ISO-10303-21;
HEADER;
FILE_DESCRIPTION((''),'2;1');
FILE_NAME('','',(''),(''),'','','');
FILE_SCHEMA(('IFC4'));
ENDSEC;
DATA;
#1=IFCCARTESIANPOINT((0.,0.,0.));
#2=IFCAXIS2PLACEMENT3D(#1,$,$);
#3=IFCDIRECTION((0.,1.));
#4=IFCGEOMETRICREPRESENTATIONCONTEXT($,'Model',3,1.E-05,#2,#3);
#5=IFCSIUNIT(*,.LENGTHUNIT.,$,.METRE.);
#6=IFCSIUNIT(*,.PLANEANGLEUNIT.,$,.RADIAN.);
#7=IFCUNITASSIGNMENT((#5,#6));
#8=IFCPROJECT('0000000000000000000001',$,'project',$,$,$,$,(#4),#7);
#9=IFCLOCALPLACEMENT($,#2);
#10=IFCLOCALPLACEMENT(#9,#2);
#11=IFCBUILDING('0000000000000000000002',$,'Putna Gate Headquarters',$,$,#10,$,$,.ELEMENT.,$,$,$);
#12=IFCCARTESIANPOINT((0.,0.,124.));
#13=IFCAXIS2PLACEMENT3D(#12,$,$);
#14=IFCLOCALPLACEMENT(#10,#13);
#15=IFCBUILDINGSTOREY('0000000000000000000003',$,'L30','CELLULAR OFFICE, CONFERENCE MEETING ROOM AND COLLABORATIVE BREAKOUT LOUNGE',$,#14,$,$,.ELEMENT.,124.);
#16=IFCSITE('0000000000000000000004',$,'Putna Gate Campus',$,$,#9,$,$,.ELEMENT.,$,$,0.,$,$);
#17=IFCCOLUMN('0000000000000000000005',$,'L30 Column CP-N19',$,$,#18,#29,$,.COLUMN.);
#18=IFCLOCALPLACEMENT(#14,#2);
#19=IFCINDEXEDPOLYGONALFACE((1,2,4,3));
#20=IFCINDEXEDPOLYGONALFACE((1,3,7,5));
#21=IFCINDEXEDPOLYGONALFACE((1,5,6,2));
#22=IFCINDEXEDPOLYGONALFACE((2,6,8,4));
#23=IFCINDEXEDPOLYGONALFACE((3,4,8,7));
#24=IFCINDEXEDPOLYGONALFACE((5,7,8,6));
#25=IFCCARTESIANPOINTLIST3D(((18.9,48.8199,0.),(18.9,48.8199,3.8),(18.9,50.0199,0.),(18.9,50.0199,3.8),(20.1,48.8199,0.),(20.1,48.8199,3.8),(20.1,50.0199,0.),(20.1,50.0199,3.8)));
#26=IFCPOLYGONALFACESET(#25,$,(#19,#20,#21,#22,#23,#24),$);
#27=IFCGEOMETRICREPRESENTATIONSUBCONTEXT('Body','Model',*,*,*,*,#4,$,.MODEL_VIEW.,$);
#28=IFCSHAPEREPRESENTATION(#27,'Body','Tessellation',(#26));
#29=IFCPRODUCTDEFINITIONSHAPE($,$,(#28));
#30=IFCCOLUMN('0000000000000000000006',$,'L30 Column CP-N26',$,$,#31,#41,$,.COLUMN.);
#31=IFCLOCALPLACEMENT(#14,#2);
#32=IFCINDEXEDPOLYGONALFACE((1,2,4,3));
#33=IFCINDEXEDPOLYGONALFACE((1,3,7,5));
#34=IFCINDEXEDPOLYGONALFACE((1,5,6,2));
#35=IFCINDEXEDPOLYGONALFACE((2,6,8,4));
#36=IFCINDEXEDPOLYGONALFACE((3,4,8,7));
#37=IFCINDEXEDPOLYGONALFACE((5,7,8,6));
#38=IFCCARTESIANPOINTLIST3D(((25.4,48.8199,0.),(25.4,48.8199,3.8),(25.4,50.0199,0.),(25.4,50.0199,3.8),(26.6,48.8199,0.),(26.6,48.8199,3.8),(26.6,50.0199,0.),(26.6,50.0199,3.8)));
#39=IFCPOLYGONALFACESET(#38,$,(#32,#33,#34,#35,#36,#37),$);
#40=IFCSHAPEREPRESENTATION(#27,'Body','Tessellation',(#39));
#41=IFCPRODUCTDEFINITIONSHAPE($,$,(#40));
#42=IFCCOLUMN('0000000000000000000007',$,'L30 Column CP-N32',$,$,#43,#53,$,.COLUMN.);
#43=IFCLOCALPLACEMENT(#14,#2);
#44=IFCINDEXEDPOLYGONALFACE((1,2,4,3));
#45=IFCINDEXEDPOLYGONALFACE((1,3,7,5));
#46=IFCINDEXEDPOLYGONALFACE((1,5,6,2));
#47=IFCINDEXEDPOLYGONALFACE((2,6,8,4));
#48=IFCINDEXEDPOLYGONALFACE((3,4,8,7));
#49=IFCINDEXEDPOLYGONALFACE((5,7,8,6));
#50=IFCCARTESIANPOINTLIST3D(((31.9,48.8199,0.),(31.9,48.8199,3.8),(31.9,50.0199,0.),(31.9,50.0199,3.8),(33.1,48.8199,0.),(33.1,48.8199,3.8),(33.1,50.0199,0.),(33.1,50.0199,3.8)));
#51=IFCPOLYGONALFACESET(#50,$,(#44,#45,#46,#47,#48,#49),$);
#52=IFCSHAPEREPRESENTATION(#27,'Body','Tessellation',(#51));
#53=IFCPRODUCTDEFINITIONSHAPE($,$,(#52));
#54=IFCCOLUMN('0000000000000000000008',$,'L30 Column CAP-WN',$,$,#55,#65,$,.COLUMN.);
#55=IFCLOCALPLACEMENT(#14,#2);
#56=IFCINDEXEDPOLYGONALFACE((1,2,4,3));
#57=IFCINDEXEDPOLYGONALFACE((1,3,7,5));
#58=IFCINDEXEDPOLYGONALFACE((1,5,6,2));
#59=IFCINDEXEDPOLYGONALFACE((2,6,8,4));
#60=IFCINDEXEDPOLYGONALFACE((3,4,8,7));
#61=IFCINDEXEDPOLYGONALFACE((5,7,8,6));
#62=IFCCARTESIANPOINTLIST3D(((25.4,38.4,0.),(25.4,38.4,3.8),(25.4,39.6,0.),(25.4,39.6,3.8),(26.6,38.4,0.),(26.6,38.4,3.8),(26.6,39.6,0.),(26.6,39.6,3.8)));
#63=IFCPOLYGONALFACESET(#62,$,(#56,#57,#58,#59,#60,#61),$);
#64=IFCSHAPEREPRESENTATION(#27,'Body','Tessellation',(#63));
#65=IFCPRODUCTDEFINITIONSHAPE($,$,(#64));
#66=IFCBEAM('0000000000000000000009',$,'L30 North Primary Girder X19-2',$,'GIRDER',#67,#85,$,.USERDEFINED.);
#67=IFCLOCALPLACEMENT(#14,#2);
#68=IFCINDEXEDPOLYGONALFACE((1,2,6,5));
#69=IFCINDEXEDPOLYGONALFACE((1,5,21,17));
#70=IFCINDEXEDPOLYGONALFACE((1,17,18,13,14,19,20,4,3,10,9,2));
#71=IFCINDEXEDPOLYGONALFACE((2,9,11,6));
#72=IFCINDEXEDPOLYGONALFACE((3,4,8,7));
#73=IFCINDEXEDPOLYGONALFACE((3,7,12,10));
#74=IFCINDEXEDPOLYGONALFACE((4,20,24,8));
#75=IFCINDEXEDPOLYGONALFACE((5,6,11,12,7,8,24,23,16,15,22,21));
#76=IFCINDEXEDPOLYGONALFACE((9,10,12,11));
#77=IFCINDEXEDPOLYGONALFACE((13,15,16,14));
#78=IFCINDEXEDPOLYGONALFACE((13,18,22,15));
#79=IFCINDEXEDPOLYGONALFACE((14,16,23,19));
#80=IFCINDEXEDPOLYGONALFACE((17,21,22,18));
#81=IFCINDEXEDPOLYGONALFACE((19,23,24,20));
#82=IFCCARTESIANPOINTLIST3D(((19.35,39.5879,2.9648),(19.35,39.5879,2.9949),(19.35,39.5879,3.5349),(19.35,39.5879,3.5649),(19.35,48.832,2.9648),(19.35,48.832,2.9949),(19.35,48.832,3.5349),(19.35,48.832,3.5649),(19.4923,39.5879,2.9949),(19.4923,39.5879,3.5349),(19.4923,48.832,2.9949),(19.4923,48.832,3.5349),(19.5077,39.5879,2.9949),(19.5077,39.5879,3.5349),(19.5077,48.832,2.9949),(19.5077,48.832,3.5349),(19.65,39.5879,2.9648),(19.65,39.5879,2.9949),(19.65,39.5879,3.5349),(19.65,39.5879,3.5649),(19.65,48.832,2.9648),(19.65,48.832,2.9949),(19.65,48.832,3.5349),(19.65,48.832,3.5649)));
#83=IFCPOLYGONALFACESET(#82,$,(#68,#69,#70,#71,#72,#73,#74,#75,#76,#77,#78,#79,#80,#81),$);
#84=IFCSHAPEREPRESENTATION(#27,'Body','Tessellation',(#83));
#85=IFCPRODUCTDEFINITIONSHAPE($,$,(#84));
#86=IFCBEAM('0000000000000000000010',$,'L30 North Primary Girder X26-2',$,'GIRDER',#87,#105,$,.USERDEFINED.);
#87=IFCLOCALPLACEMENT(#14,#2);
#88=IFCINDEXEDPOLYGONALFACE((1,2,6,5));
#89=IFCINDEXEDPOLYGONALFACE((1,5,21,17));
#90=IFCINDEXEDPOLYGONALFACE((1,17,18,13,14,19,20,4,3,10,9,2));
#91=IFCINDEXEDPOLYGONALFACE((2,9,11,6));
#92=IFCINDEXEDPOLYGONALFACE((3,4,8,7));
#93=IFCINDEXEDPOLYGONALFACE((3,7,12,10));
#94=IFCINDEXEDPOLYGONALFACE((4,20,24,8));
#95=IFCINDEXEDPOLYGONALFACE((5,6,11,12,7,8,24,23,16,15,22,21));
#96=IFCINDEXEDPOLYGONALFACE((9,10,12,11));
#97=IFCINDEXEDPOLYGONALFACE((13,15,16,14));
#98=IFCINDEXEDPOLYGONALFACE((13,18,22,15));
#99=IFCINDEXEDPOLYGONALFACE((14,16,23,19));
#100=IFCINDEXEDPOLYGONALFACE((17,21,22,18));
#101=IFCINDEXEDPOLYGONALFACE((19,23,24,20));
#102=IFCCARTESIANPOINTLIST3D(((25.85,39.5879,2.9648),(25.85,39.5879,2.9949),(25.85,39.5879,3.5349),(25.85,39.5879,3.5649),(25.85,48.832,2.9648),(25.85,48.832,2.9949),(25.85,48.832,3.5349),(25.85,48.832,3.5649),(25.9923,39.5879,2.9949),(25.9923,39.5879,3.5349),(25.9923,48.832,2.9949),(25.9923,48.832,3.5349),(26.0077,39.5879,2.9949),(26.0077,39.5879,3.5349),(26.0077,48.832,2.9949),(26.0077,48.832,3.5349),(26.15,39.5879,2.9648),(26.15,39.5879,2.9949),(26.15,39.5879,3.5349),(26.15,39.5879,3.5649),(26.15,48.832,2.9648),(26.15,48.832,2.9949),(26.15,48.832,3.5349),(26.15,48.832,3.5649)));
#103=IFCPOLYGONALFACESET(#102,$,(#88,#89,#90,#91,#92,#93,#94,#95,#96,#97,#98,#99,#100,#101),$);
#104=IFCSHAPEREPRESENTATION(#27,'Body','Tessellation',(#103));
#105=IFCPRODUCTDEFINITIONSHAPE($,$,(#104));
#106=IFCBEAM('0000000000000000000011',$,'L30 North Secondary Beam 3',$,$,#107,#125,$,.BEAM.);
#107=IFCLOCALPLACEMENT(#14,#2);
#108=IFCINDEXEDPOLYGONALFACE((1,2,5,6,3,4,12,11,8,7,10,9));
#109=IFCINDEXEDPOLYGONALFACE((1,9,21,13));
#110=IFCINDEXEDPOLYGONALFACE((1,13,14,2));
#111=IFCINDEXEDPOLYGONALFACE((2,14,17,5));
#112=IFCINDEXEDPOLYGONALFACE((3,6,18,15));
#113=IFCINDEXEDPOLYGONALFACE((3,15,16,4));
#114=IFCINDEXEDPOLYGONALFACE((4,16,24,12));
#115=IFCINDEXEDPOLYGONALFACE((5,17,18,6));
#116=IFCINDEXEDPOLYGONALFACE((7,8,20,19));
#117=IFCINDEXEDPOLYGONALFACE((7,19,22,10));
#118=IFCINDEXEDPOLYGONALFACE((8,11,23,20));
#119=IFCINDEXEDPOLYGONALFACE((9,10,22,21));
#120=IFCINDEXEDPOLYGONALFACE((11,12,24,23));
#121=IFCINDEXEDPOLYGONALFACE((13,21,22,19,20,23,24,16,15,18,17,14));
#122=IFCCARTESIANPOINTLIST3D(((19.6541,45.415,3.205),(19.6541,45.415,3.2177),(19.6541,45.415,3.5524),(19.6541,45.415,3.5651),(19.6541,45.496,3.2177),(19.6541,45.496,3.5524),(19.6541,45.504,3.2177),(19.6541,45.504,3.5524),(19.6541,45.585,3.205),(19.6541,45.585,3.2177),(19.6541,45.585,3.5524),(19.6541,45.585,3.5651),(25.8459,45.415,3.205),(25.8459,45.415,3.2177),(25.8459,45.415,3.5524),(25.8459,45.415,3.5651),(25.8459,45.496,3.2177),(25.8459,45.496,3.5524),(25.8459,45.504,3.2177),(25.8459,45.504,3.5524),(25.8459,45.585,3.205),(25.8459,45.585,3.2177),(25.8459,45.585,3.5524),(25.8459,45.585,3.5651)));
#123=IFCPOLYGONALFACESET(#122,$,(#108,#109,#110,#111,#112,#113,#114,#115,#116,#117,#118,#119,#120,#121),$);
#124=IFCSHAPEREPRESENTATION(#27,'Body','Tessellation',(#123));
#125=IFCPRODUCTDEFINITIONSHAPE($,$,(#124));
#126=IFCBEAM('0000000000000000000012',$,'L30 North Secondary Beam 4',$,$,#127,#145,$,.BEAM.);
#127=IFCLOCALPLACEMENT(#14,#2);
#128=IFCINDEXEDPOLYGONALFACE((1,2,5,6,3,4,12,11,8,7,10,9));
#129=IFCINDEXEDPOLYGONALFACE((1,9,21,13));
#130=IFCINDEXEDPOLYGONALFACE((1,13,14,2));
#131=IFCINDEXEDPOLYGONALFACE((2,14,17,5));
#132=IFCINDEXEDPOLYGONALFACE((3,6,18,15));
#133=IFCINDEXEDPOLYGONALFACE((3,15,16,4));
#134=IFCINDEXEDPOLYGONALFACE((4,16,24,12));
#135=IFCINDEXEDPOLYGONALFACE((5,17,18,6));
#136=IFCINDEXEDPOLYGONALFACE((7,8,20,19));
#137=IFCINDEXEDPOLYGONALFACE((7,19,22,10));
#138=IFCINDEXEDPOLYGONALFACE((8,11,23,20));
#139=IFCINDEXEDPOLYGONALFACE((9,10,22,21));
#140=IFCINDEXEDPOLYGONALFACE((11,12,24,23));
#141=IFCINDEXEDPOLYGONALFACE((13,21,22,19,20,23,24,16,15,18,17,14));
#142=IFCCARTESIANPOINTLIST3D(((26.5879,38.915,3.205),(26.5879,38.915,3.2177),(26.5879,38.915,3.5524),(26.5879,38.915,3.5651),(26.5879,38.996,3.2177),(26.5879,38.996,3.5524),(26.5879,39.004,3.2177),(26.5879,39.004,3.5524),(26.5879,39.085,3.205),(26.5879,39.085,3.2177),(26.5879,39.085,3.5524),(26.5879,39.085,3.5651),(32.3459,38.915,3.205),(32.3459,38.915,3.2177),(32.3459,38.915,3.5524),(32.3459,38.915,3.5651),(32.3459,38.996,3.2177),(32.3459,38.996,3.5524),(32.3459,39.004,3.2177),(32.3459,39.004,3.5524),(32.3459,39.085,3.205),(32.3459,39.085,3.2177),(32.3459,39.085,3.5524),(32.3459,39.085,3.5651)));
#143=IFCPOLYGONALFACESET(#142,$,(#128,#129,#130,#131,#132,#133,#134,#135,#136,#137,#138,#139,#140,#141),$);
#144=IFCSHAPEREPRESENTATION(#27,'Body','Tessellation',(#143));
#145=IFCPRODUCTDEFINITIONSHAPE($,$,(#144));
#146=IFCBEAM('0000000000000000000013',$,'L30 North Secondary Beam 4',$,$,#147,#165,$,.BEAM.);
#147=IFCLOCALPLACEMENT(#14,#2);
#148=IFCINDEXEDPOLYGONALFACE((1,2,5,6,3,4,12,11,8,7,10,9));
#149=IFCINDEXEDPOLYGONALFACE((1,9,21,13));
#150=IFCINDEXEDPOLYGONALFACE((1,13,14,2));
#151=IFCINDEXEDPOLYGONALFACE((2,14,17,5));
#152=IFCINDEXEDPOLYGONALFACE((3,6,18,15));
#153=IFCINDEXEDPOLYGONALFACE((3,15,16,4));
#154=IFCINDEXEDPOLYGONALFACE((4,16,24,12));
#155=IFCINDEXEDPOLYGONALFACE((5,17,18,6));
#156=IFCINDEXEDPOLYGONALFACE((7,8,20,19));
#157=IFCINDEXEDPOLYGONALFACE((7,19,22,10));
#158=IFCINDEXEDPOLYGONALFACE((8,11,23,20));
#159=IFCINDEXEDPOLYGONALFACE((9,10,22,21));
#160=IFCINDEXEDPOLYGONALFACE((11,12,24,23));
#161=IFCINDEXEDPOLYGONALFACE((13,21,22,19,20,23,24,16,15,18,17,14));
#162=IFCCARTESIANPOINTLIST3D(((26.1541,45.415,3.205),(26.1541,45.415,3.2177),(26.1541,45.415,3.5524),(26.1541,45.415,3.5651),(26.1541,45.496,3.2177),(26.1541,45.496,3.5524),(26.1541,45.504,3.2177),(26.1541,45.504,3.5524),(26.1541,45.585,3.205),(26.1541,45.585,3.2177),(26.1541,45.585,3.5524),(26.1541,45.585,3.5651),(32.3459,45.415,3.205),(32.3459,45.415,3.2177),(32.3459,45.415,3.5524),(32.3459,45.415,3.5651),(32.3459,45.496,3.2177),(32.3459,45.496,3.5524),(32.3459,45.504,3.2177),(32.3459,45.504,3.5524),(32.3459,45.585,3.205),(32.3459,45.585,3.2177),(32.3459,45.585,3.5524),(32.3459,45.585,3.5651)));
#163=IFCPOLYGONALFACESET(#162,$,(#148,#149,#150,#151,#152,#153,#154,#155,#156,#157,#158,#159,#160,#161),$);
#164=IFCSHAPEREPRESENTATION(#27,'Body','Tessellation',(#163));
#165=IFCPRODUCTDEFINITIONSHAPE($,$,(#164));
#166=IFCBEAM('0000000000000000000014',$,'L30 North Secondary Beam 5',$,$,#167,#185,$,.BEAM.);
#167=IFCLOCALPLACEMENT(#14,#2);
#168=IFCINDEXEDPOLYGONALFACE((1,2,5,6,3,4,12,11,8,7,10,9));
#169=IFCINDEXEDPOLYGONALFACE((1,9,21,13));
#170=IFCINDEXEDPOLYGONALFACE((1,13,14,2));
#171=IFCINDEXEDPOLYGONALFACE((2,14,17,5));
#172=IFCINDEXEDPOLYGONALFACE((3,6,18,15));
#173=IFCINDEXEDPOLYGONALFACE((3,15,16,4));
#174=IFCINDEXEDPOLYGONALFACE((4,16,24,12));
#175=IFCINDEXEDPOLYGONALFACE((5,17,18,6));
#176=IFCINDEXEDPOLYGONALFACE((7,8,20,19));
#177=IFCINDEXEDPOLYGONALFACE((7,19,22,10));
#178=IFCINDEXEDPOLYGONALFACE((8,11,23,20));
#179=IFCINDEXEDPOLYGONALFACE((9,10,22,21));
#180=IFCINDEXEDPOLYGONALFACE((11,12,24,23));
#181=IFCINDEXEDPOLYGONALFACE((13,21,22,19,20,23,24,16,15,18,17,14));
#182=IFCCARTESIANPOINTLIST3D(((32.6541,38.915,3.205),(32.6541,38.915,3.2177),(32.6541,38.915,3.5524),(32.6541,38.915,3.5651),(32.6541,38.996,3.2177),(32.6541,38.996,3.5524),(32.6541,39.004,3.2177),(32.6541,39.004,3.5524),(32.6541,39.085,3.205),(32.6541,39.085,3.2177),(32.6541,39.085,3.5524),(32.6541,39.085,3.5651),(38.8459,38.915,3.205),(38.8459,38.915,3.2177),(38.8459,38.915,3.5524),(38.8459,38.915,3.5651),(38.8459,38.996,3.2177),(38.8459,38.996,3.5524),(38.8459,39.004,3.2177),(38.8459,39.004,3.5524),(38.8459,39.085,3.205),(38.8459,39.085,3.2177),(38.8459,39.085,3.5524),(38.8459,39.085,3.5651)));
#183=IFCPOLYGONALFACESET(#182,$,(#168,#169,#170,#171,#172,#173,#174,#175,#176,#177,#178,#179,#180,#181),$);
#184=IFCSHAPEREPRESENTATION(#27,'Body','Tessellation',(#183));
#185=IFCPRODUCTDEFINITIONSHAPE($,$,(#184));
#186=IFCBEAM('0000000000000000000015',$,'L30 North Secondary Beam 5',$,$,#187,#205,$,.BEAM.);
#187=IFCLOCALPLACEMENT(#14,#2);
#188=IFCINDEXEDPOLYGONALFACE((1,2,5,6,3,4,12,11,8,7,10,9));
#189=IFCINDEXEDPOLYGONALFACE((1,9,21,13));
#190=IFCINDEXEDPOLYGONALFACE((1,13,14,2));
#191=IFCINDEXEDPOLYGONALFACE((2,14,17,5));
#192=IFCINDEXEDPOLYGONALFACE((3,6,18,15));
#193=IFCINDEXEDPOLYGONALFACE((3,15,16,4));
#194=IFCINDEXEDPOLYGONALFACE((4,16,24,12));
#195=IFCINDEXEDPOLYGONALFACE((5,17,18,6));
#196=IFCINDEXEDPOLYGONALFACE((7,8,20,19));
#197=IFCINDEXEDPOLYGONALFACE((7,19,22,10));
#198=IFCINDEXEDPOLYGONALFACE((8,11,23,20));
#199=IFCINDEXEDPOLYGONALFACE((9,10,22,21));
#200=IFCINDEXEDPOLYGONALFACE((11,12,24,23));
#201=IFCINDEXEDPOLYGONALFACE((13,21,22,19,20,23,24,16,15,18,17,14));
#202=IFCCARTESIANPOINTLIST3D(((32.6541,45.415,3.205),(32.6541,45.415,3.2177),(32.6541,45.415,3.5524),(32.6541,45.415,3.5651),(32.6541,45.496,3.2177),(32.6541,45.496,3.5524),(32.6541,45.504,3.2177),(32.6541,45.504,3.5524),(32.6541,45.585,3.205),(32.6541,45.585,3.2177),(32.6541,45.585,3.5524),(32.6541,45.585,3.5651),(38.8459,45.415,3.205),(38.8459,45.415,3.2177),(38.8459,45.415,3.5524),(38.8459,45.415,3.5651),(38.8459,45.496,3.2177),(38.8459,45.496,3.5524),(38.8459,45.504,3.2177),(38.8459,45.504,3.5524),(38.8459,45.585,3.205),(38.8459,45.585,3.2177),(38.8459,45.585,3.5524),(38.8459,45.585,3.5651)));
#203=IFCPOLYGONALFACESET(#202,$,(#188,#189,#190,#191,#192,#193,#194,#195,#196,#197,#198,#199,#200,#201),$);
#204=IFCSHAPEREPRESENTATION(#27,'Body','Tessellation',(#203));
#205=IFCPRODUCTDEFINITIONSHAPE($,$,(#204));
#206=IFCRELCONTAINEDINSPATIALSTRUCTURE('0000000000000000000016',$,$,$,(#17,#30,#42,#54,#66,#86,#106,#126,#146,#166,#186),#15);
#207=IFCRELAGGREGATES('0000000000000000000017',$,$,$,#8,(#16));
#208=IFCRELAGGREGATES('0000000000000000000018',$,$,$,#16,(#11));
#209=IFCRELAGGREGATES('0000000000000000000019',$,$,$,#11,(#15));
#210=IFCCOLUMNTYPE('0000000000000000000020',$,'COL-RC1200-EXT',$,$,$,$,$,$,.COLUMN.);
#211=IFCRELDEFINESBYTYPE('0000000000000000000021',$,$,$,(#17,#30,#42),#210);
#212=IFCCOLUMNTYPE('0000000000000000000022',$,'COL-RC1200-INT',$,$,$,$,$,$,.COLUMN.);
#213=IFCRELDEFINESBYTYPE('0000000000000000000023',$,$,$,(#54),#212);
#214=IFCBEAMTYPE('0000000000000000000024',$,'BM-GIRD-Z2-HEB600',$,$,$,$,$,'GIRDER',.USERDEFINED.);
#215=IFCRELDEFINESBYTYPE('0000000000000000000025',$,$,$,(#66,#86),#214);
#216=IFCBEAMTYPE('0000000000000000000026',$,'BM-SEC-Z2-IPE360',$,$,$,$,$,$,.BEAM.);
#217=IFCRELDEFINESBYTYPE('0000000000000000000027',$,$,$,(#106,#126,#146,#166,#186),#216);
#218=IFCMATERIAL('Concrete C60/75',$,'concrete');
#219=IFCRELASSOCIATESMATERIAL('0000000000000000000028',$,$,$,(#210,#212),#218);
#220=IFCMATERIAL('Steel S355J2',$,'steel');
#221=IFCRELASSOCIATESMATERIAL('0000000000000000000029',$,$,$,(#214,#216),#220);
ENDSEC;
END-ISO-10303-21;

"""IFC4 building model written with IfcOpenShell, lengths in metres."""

from ifc_helpers import new_model, si_unit, direction, frame, origin, origin_2d, place, context, subcontext, project, spatial, rectangle, i_section, extrude, material, material_profile, profile_set, type_object, element, save


model = new_model("IFC4")

# Units and contexts
model_context = context("Model", 3, precision=1e-05, world=origin(), true_north=direction((0.0, 1.0)))
body_context = subcontext(model_context, "Body", "Model", "MODEL_VIEW")
ifc_project = project(units=[si_unit("LENGTHUNIT", "METRE"), si_unit("PLANEANGLEUNIT", "RADIAN")], contexts=[model_context])

# Site, building, storey
site_placement = place(None, origin())
site = spatial("IfcSite", under=ifc_project, at=site_placement, Name="Putna Gate Campus", CompositionType="ELEMENT", RefElevation=0.0)
building_placement = place(site_placement, origin())
building = spatial("IfcBuilding", under=site, at=building_placement, Name="Putna Gate Headquarters", CompositionType="ELEMENT")
storey_placement = place(building_placement, frame((0.0, 0.0, 124.0)))
storey = spatial("IfcBuildingStorey", under=building, at=storey_placement, Name="L30", Description="CELLULAR OFFICE, CONFERENCE MEETING ROOM AND COLLABORATIVE BREAKOUT LOUNGE", CompositionType="ELEMENT", Elevation=124.0)

# Columns
ifc_material_1 = material(Name="Concrete C60/75", Category="concrete")
ifc_material_profile_1 = material_profile(ifc_material_1, rectangle(XDim=1.2, YDim=1.2, at=origin_2d()), Name="Concrete C60/75")
ifc_profile_set_1 = profile_set([ifc_material_profile_1], Name="Concrete C60/75")
column_type_1 = type_object("IfcColumnType", Name="COL-RC1200-EXT", PredefinedType="COLUMN", material=ifc_profile_set_1)
for number, where, z_axis, x_axis, name in (
    (1, (19.5, 49.4199, 0.0), (0.0, 0.0, 1.0), (1.0, 0.0, 0.0), "L30 Column CP-N19"),
    (2, (26.0, 49.4199, 0.0), (0.0, 0.0, 1.0), (1.0, 0.0, 0.0), "L30 Column CP-N26"),
    (3, (32.5, 49.4199, 0.0), (0.0, 0.0, 1.0), (1.0, 0.0, 0.0), "L30 Column CP-N32"),
):
    element("IfcColumn", number, at=place(storey_placement, frame(where, z_axis=z_axis, x_axis=x_axis)), inside=storey, type_object=column_type_1, Name=name, PredefinedType="COLUMN", context=body_context, shape_type="SweptSolid", body=[
        extrude(rectangle(XDim=1.2, YDim=1.2, at=origin_2d()), origin(), (0.0, 0.0, 1.0), 3.8),
    ])
ifc_material_profile_2 = material_profile(ifc_material_1, rectangle(XDim=1.2, YDim=1.2, at=origin_2d()), Name="Concrete C60/75")
ifc_profile_set_2 = profile_set([ifc_material_profile_2], Name="Concrete C60/75")
column_type_2 = type_object("IfcColumnType", Name="COL-RC1200-INT", PredefinedType="COLUMN", material=ifc_profile_set_2)
column_placement = place(storey_placement, frame((26.0, 39.0, 0.0), z_axis=(0.0, 0.0, 1.0), x_axis=(1.0, 0.0, 0.0)))
element("IfcColumn", 4, at=column_placement, inside=storey, type_object=column_type_2, Name="L30 Column CAP-WN", PredefinedType="COLUMN", context=body_context, shape_type="SweptSolid", body=[
    extrude(rectangle(XDim=1.2, YDim=1.2, at=origin_2d()), origin(), (0.0, 0.0, 1.0), 3.8),
])

# Beams
ifc_material_2 = material(Name="Steel S355J2", Category="steel")
ifc_material_profile_3 = material_profile(ifc_material_2, i_section(OverallWidth=0.3, OverallDepth=0.6001, WebThickness=0.0154, FlangeThickness=0.03, at=origin_2d()), Name="Steel S355J2")
ifc_profile_set_3 = profile_set([ifc_material_profile_3], Name="Steel S355J2")
beam_type_1 = type_object("IfcBeamType", Name="BM-GIRD-Z2-HEB600", ElementType="GIRDER", PredefinedType="USERDEFINED", material=ifc_profile_set_3)
for number, where, z_axis, x_axis, name in (
    (5, (19.5, 39.5879, 3.2649), (0.0, 1.0, 0.0), (-1.0, 0.0, 0.0), "L30 North Primary Girder X19-2"),
    (6, (26.0, 39.5879, 3.2649), (0.0, 1.0, 0.0), (-1.0, 0.0, 0.0), "L30 North Primary Girder X26-2"),
):
    element("IfcBeam", number, at=place(storey_placement, frame(where, z_axis=z_axis, x_axis=x_axis)), inside=storey, type_object=beam_type_1, Name=name, ObjectType="GIRDER", PredefinedType="USERDEFINED", context=body_context, shape_type="SweptSolid", body=[
        extrude(i_section(OverallWidth=0.3, OverallDepth=0.6001, WebThickness=0.0154, FlangeThickness=0.03, at=origin_2d()), origin(), (0.0, 0.0, 1.0), 9.2441),
    ])
ifc_material_profile_4 = material_profile(ifc_material_2, i_section(OverallWidth=0.1699, OverallDepth=0.3601, WebThickness=0.0081, FlangeThickness=0.0127, at=origin_2d()), Name="Steel S355J2")
ifc_profile_set_4 = profile_set([ifc_material_profile_4], Name="Steel S355J2")
beam_type_2 = type_object("IfcBeamType", Name="BM-SEC-Z2-IPE360", PredefinedType="BEAM", material=ifc_profile_set_4)
beam_1_placement = place(storey_placement, frame((19.6541, 45.5, 3.385), z_axis=(1.0, 0.0, 0.0), x_axis=(0.0, 1.0, 0.0)))
element("IfcBeam", 7, at=beam_1_placement, inside=storey, type_object=beam_type_2, Name="L30 North Secondary Beam 3", PredefinedType="BEAM", context=body_context, shape_type="SweptSolid", body=[
    extrude(i_section(OverallWidth=0.1699, OverallDepth=0.3601, WebThickness=0.0081, FlangeThickness=0.0127, at=origin_2d()), origin(), (0.0, 0.0, 1.0), 6.1919),
])
beam_2_placement = place(storey_placement, frame((26.5879, 39.0, 3.385), z_axis=(1.0, 0.0, 0.0), x_axis=(0.0, 1.0, 0.0)))
element("IfcBeam", 8, at=beam_2_placement, inside=storey, type_object=beam_type_2, Name="L30 North Secondary Beam 4", PredefinedType="BEAM", context=body_context, shape_type="SweptSolid", body=[
    extrude(i_section(OverallWidth=0.1699, OverallDepth=0.3601, WebThickness=0.0081, FlangeThickness=0.0127, at=origin_2d()), origin(), (0.0, 0.0, 1.0), 5.7581),
])
for number, where, z_axis, x_axis, name in (
    (9, (26.1541, 45.5, 3.385), (1.0, 0.0, 0.0), (0.0, 1.0, 0.0), "L30 North Secondary Beam 4"),
    (10, (32.6541, 39.0, 3.385), (1.0, 0.0, 0.0), (0.0, 1.0, 0.0), "L30 North Secondary Beam 5"),
    (11, (32.6541, 45.5, 3.385), (1.0, 0.0, 0.0), (0.0, 1.0, 0.0), "L30 North Secondary Beam 5"),
):
    element("IfcBeam", number, at=place(storey_placement, frame(where, z_axis=z_axis, x_axis=x_axis)), inside=storey, type_object=beam_type_2, Name=name, PredefinedType="BEAM", context=body_context, shape_type="SweptSolid", body=[
        extrude(i_section(OverallWidth=0.1699, OverallDepth=0.3601, WebThickness=0.0081, FlangeThickness=0.0127, at=origin_2d()), origin(), (0.0, 0.0, 1.0), 6.1919),
    ])

save(model, "model.ifc")
